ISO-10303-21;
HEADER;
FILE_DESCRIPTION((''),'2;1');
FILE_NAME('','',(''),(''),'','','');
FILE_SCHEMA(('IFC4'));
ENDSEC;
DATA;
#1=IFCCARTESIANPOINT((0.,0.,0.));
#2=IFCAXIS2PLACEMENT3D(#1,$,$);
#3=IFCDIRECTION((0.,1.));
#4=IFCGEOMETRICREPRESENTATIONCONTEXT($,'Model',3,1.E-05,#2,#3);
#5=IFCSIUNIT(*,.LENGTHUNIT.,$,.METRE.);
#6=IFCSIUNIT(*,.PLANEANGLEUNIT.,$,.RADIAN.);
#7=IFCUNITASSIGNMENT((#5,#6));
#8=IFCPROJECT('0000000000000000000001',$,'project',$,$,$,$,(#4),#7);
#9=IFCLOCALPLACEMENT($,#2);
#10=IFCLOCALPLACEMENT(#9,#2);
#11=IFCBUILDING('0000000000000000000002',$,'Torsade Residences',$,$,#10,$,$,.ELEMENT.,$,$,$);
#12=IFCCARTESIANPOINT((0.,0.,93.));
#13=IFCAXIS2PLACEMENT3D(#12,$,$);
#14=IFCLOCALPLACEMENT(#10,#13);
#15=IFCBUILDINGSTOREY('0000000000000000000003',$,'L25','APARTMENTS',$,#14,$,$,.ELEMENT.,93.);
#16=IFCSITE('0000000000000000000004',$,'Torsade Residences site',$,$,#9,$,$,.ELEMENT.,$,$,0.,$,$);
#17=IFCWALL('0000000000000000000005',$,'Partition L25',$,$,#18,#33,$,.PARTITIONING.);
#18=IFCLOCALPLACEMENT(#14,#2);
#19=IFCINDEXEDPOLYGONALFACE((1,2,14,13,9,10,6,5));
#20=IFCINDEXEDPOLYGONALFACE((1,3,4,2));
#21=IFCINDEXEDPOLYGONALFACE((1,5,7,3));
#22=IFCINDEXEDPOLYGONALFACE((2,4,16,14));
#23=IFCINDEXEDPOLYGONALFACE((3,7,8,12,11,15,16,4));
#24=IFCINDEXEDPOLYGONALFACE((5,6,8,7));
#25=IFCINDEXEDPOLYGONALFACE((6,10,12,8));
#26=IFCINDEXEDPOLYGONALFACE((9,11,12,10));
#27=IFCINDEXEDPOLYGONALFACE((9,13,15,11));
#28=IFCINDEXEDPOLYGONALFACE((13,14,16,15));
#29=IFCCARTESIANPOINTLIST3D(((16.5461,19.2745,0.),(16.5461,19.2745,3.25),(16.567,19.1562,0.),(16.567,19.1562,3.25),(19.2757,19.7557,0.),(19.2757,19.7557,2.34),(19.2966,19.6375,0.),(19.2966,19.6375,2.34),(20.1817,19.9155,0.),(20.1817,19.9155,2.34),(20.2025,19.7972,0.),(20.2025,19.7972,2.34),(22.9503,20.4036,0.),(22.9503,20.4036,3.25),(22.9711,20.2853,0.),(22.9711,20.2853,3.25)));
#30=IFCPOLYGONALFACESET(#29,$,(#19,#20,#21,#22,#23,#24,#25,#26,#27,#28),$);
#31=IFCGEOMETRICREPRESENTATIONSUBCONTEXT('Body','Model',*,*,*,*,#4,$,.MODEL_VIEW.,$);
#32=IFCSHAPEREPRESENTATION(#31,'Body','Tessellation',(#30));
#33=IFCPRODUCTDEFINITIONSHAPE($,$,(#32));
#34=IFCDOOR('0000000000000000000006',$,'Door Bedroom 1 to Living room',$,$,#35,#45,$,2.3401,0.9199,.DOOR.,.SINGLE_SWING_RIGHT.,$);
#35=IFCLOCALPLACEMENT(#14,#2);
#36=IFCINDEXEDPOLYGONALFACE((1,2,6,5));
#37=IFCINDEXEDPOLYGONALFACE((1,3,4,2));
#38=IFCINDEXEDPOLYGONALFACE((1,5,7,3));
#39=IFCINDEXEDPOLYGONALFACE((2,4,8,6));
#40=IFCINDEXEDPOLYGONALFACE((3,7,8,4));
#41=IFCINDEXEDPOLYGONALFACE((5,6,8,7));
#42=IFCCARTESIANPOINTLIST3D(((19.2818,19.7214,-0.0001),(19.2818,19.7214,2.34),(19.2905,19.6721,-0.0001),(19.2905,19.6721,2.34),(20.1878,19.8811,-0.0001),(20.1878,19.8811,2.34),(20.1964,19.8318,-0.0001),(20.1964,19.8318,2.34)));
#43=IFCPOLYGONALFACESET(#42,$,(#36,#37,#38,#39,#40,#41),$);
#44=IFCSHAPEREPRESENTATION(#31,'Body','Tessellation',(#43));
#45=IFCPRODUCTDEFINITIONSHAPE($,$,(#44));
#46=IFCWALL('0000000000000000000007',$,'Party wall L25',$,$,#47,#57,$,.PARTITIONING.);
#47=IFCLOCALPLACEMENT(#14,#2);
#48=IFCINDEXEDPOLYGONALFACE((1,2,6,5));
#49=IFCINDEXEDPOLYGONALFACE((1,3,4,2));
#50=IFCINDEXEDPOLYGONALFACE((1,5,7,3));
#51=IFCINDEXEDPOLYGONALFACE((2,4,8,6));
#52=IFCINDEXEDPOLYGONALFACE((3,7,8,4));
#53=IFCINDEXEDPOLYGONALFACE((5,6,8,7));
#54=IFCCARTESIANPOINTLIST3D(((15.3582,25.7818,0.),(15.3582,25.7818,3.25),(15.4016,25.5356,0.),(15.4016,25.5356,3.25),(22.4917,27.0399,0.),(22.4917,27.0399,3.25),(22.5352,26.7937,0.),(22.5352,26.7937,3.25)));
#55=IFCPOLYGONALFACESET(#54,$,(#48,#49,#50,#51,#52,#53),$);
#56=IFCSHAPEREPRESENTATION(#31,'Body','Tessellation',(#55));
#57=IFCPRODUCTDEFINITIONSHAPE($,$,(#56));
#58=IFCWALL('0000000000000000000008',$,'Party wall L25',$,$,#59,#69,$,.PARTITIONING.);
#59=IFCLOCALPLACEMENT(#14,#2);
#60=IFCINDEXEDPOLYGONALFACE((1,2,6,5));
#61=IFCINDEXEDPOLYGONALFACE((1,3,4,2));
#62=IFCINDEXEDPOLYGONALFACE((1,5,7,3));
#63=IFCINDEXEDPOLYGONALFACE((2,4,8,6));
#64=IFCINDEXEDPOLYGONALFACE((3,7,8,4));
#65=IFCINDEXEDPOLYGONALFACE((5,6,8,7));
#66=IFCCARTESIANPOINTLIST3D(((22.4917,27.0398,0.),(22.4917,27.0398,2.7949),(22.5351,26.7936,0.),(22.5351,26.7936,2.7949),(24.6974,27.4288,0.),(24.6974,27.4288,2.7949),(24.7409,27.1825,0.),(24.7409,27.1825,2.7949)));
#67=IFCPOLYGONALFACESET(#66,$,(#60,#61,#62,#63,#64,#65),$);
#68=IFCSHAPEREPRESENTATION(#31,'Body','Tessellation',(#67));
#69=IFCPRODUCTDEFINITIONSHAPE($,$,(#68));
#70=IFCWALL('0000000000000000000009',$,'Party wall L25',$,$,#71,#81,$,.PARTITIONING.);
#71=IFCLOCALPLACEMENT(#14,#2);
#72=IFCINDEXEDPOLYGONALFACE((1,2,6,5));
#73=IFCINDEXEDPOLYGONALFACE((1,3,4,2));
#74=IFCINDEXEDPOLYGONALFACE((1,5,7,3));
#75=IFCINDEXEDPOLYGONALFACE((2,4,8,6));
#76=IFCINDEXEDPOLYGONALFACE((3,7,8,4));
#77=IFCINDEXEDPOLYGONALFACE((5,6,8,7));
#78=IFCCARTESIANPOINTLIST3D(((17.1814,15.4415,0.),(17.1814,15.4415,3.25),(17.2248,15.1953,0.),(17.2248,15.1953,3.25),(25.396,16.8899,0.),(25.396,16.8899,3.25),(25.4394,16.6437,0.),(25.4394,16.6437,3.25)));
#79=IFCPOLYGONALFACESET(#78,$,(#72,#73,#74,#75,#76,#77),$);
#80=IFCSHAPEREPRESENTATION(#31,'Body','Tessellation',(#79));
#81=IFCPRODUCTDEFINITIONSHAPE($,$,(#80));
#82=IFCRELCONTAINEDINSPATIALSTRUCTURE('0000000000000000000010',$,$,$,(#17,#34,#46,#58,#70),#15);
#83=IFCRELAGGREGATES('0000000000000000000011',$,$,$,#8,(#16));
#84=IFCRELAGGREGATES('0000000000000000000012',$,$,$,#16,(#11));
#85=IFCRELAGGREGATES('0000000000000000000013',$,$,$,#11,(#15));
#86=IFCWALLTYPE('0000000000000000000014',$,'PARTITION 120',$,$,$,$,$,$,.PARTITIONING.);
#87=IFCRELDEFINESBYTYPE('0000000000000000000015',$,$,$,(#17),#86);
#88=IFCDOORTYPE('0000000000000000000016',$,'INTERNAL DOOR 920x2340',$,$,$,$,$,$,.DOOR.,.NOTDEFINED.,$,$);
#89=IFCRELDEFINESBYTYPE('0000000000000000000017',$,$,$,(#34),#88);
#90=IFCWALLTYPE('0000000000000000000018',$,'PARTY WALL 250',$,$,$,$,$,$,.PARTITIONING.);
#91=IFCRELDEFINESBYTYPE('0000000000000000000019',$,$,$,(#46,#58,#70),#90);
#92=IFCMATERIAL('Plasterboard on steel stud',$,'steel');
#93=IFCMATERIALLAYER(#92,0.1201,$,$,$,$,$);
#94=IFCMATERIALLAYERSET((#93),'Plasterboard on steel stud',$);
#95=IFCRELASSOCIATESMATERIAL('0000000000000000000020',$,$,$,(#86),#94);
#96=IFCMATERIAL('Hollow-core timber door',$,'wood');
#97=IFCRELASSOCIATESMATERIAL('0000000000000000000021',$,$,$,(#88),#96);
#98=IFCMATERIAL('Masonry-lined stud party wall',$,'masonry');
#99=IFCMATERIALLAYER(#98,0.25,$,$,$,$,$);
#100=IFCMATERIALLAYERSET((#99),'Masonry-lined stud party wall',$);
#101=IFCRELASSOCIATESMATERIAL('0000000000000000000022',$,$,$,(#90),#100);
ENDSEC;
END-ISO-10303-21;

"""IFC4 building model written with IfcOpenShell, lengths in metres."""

from ifc_helpers import new_model, si_unit, direction, frame, frame_2d, origin, place, context, subcontext, project, spatial, rectangle, extrude, material, layer, layer_set, type_object, element, fill, save


model = new_model("IFC4")

# Units and contexts
model_context = context("Model", 3, precision=1e-05, world=origin(), true_north=direction((0.0, 1.0)))
body_context = subcontext(model_context, "Body", "Model", "MODEL_VIEW")
ifc_project = project(units=[si_unit("LENGTHUNIT", "METRE"), si_unit("PLANEANGLEUNIT", "RADIAN")], contexts=[model_context])

# Site, building, storey
site_placement = place(None, origin())
site = spatial("IfcSite", under=ifc_project, at=site_placement, Name="Torsade Residences site", CompositionType="ELEMENT", RefElevation=0.0)
building_placement = place(site_placement, origin())
building = spatial("IfcBuilding", under=site, at=building_placement, Name="Torsade Residences", CompositionType="ELEMENT")
storey_placement = place(building_placement, frame((0.0, 0.0, 93.0)))
storey = spatial("IfcBuildingStorey", under=building, at=storey_placement, Name="L25", Description="APARTMENTS", CompositionType="ELEMENT", Elevation=93.0)

# Shared definitions
ifc_material_1 = material(Name="Plasterboard on steel stud", Category="steel")
ifc_layer_1 = layer(ifc_material_1, 0.1201)
ifc_layer_set_1 = layer_set([ifc_layer_1], Name="Plasterboard on steel stud")
wall_type_1 = type_object("IfcWallType", Name="PARTITION 120", PredefinedType="PARTITIONING", material=ifc_layer_set_1)

# Shared definitions
ifc_material_2 = material(Name="Hollow-core timber door", Category="wood")
door_type_1 = type_object("IfcDoorType", Name="INTERNAL DOOR 920x2340", OperationType="NOTDEFINED", PredefinedType="DOOR", material=ifc_material_2)

# Wall, opening, door
wall_1_placement = place(storey_placement, frame((22.9607, 20.3445, 0.0), z_axis=(0.0, 0.0, 1.0), x_axis=(-0.984809, -0.17364, 0.0)))
wall_1 = element("IfcWall", 1, at=wall_1_placement, inside=storey, type_object=wall_type_1, Name="Partition L25", PredefinedType="PARTITIONING", context=body_context, shape_type="SweptSolid", body=[
    extrude(rectangle(XDim=6.5029, YDim=0.1201, at=frame_2d((3.2515, 0.0))), origin(), (0.0, 0.0, 1.0), 3.25),
])
opening_1_placement = place(wall_1_placement, frame((2.8113, 0.0, 0.0)))
opening_1 = element("IfcOpeningElement", 2, at=opening_1_placement, cuts=wall_1, PredefinedType="OPENING", context=body_context, shape_type="SweptSolid", body=[
    extrude(rectangle(XDim=0.9199, YDim=2.3401, at=frame_2d((0.46, 1.1699))), frame((0.0, 0.0701, 0.0), z_axis=(0.0, -1.0, 0.0), x_axis=(1.0, 0.0, 0.0)), (0.0, 0.0, 1.0), 0.1401),
])
door_1_placement = place(opening_1_placement, origin())
door_1 = element("IfcDoor", 3, at=door_1_placement, inside=storey, type_object=door_type_1, Name="Door Bedroom 1 to Living room", OperationType="SINGLE_SWING_RIGHT", OverallHeight=2.3401, OverallWidth=0.9199, PredefinedType="DOOR", context=body_context, shape_type="SweptSolid", body=[
    extrude(rectangle(XDim=0.9199, YDim=2.3401, at=frame_2d((0.46, 1.1699))), frame((0.0, 0.0249, 0.0), z_axis=(0.0, -1.0, 0.0), x_axis=(1.0, 0.0, 0.0)), (0.0, 0.0, 1.0), 0.05),
])
fill(opening_1, door_1)

# Walls
ifc_material_3 = material(Name="Masonry-lined stud party wall", Category="masonry")
ifc_layer_2 = layer(ifc_material_3, 0.25)
ifc_layer_set_2 = layer_set([ifc_layer_2], Name="Masonry-lined stud party wall")
wall_type_2 = type_object("IfcWallType", Name="PARTY WALL 250", PredefinedType="PARTITIONING", material=ifc_layer_set_2)
wall_2_placement = place(storey_placement, frame((15.3799, 25.6587, 0.0), z_axis=(0.0, 0.0, 1.0), x_axis=(0.984803, 0.173678, 0.0)))
element("IfcWall", 4, at=wall_2_placement, inside=storey, type_object=wall_type_2, Name="Party wall L25", PredefinedType="PARTITIONING", context=body_context, shape_type="SweptSolid", body=[
    extrude(rectangle(XDim=7.2437, YDim=0.25, at=frame_2d((3.6218, 0.0))), origin(), (0.0, 0.0, 1.0), 3.25),
])
wall_3_placement = place(storey_placement, frame((22.5134, 26.9167, 0.0), z_axis=(0.0, 0.0, 1.0), x_axis=(0.98481, 0.173636, 0.0)))
element("IfcWall", 5, at=wall_3_placement, inside=storey, type_object=wall_type_2, Name="Party wall L25", PredefinedType="PARTITIONING", context=body_context, shape_type="SweptSolid", body=[
    extrude(rectangle(XDim=2.2397, YDim=0.25, at=frame_2d((1.1199, 0.0))), origin(), (0.0, 0.0, 1.0), 2.7949),
])
wall_4_placement = place(storey_placement, frame((17.2031, 15.3184, 0.0), z_axis=(0.0, 0.0, 1.0), x_axis=(0.984807, 0.173652, 0.0)))
element("IfcWall", 6, at=wall_4_placement, inside=storey, type_object=wall_type_2, Name="Party wall L25", PredefinedType="PARTITIONING", context=body_context, shape_type="SweptSolid", body=[
    extrude(rectangle(XDim=8.3413, YDim=0.25, at=frame_2d((4.1707, 0.0))), origin(), (0.0, 0.0, 1.0), 3.25),
])

save(model, "model.ifc")
